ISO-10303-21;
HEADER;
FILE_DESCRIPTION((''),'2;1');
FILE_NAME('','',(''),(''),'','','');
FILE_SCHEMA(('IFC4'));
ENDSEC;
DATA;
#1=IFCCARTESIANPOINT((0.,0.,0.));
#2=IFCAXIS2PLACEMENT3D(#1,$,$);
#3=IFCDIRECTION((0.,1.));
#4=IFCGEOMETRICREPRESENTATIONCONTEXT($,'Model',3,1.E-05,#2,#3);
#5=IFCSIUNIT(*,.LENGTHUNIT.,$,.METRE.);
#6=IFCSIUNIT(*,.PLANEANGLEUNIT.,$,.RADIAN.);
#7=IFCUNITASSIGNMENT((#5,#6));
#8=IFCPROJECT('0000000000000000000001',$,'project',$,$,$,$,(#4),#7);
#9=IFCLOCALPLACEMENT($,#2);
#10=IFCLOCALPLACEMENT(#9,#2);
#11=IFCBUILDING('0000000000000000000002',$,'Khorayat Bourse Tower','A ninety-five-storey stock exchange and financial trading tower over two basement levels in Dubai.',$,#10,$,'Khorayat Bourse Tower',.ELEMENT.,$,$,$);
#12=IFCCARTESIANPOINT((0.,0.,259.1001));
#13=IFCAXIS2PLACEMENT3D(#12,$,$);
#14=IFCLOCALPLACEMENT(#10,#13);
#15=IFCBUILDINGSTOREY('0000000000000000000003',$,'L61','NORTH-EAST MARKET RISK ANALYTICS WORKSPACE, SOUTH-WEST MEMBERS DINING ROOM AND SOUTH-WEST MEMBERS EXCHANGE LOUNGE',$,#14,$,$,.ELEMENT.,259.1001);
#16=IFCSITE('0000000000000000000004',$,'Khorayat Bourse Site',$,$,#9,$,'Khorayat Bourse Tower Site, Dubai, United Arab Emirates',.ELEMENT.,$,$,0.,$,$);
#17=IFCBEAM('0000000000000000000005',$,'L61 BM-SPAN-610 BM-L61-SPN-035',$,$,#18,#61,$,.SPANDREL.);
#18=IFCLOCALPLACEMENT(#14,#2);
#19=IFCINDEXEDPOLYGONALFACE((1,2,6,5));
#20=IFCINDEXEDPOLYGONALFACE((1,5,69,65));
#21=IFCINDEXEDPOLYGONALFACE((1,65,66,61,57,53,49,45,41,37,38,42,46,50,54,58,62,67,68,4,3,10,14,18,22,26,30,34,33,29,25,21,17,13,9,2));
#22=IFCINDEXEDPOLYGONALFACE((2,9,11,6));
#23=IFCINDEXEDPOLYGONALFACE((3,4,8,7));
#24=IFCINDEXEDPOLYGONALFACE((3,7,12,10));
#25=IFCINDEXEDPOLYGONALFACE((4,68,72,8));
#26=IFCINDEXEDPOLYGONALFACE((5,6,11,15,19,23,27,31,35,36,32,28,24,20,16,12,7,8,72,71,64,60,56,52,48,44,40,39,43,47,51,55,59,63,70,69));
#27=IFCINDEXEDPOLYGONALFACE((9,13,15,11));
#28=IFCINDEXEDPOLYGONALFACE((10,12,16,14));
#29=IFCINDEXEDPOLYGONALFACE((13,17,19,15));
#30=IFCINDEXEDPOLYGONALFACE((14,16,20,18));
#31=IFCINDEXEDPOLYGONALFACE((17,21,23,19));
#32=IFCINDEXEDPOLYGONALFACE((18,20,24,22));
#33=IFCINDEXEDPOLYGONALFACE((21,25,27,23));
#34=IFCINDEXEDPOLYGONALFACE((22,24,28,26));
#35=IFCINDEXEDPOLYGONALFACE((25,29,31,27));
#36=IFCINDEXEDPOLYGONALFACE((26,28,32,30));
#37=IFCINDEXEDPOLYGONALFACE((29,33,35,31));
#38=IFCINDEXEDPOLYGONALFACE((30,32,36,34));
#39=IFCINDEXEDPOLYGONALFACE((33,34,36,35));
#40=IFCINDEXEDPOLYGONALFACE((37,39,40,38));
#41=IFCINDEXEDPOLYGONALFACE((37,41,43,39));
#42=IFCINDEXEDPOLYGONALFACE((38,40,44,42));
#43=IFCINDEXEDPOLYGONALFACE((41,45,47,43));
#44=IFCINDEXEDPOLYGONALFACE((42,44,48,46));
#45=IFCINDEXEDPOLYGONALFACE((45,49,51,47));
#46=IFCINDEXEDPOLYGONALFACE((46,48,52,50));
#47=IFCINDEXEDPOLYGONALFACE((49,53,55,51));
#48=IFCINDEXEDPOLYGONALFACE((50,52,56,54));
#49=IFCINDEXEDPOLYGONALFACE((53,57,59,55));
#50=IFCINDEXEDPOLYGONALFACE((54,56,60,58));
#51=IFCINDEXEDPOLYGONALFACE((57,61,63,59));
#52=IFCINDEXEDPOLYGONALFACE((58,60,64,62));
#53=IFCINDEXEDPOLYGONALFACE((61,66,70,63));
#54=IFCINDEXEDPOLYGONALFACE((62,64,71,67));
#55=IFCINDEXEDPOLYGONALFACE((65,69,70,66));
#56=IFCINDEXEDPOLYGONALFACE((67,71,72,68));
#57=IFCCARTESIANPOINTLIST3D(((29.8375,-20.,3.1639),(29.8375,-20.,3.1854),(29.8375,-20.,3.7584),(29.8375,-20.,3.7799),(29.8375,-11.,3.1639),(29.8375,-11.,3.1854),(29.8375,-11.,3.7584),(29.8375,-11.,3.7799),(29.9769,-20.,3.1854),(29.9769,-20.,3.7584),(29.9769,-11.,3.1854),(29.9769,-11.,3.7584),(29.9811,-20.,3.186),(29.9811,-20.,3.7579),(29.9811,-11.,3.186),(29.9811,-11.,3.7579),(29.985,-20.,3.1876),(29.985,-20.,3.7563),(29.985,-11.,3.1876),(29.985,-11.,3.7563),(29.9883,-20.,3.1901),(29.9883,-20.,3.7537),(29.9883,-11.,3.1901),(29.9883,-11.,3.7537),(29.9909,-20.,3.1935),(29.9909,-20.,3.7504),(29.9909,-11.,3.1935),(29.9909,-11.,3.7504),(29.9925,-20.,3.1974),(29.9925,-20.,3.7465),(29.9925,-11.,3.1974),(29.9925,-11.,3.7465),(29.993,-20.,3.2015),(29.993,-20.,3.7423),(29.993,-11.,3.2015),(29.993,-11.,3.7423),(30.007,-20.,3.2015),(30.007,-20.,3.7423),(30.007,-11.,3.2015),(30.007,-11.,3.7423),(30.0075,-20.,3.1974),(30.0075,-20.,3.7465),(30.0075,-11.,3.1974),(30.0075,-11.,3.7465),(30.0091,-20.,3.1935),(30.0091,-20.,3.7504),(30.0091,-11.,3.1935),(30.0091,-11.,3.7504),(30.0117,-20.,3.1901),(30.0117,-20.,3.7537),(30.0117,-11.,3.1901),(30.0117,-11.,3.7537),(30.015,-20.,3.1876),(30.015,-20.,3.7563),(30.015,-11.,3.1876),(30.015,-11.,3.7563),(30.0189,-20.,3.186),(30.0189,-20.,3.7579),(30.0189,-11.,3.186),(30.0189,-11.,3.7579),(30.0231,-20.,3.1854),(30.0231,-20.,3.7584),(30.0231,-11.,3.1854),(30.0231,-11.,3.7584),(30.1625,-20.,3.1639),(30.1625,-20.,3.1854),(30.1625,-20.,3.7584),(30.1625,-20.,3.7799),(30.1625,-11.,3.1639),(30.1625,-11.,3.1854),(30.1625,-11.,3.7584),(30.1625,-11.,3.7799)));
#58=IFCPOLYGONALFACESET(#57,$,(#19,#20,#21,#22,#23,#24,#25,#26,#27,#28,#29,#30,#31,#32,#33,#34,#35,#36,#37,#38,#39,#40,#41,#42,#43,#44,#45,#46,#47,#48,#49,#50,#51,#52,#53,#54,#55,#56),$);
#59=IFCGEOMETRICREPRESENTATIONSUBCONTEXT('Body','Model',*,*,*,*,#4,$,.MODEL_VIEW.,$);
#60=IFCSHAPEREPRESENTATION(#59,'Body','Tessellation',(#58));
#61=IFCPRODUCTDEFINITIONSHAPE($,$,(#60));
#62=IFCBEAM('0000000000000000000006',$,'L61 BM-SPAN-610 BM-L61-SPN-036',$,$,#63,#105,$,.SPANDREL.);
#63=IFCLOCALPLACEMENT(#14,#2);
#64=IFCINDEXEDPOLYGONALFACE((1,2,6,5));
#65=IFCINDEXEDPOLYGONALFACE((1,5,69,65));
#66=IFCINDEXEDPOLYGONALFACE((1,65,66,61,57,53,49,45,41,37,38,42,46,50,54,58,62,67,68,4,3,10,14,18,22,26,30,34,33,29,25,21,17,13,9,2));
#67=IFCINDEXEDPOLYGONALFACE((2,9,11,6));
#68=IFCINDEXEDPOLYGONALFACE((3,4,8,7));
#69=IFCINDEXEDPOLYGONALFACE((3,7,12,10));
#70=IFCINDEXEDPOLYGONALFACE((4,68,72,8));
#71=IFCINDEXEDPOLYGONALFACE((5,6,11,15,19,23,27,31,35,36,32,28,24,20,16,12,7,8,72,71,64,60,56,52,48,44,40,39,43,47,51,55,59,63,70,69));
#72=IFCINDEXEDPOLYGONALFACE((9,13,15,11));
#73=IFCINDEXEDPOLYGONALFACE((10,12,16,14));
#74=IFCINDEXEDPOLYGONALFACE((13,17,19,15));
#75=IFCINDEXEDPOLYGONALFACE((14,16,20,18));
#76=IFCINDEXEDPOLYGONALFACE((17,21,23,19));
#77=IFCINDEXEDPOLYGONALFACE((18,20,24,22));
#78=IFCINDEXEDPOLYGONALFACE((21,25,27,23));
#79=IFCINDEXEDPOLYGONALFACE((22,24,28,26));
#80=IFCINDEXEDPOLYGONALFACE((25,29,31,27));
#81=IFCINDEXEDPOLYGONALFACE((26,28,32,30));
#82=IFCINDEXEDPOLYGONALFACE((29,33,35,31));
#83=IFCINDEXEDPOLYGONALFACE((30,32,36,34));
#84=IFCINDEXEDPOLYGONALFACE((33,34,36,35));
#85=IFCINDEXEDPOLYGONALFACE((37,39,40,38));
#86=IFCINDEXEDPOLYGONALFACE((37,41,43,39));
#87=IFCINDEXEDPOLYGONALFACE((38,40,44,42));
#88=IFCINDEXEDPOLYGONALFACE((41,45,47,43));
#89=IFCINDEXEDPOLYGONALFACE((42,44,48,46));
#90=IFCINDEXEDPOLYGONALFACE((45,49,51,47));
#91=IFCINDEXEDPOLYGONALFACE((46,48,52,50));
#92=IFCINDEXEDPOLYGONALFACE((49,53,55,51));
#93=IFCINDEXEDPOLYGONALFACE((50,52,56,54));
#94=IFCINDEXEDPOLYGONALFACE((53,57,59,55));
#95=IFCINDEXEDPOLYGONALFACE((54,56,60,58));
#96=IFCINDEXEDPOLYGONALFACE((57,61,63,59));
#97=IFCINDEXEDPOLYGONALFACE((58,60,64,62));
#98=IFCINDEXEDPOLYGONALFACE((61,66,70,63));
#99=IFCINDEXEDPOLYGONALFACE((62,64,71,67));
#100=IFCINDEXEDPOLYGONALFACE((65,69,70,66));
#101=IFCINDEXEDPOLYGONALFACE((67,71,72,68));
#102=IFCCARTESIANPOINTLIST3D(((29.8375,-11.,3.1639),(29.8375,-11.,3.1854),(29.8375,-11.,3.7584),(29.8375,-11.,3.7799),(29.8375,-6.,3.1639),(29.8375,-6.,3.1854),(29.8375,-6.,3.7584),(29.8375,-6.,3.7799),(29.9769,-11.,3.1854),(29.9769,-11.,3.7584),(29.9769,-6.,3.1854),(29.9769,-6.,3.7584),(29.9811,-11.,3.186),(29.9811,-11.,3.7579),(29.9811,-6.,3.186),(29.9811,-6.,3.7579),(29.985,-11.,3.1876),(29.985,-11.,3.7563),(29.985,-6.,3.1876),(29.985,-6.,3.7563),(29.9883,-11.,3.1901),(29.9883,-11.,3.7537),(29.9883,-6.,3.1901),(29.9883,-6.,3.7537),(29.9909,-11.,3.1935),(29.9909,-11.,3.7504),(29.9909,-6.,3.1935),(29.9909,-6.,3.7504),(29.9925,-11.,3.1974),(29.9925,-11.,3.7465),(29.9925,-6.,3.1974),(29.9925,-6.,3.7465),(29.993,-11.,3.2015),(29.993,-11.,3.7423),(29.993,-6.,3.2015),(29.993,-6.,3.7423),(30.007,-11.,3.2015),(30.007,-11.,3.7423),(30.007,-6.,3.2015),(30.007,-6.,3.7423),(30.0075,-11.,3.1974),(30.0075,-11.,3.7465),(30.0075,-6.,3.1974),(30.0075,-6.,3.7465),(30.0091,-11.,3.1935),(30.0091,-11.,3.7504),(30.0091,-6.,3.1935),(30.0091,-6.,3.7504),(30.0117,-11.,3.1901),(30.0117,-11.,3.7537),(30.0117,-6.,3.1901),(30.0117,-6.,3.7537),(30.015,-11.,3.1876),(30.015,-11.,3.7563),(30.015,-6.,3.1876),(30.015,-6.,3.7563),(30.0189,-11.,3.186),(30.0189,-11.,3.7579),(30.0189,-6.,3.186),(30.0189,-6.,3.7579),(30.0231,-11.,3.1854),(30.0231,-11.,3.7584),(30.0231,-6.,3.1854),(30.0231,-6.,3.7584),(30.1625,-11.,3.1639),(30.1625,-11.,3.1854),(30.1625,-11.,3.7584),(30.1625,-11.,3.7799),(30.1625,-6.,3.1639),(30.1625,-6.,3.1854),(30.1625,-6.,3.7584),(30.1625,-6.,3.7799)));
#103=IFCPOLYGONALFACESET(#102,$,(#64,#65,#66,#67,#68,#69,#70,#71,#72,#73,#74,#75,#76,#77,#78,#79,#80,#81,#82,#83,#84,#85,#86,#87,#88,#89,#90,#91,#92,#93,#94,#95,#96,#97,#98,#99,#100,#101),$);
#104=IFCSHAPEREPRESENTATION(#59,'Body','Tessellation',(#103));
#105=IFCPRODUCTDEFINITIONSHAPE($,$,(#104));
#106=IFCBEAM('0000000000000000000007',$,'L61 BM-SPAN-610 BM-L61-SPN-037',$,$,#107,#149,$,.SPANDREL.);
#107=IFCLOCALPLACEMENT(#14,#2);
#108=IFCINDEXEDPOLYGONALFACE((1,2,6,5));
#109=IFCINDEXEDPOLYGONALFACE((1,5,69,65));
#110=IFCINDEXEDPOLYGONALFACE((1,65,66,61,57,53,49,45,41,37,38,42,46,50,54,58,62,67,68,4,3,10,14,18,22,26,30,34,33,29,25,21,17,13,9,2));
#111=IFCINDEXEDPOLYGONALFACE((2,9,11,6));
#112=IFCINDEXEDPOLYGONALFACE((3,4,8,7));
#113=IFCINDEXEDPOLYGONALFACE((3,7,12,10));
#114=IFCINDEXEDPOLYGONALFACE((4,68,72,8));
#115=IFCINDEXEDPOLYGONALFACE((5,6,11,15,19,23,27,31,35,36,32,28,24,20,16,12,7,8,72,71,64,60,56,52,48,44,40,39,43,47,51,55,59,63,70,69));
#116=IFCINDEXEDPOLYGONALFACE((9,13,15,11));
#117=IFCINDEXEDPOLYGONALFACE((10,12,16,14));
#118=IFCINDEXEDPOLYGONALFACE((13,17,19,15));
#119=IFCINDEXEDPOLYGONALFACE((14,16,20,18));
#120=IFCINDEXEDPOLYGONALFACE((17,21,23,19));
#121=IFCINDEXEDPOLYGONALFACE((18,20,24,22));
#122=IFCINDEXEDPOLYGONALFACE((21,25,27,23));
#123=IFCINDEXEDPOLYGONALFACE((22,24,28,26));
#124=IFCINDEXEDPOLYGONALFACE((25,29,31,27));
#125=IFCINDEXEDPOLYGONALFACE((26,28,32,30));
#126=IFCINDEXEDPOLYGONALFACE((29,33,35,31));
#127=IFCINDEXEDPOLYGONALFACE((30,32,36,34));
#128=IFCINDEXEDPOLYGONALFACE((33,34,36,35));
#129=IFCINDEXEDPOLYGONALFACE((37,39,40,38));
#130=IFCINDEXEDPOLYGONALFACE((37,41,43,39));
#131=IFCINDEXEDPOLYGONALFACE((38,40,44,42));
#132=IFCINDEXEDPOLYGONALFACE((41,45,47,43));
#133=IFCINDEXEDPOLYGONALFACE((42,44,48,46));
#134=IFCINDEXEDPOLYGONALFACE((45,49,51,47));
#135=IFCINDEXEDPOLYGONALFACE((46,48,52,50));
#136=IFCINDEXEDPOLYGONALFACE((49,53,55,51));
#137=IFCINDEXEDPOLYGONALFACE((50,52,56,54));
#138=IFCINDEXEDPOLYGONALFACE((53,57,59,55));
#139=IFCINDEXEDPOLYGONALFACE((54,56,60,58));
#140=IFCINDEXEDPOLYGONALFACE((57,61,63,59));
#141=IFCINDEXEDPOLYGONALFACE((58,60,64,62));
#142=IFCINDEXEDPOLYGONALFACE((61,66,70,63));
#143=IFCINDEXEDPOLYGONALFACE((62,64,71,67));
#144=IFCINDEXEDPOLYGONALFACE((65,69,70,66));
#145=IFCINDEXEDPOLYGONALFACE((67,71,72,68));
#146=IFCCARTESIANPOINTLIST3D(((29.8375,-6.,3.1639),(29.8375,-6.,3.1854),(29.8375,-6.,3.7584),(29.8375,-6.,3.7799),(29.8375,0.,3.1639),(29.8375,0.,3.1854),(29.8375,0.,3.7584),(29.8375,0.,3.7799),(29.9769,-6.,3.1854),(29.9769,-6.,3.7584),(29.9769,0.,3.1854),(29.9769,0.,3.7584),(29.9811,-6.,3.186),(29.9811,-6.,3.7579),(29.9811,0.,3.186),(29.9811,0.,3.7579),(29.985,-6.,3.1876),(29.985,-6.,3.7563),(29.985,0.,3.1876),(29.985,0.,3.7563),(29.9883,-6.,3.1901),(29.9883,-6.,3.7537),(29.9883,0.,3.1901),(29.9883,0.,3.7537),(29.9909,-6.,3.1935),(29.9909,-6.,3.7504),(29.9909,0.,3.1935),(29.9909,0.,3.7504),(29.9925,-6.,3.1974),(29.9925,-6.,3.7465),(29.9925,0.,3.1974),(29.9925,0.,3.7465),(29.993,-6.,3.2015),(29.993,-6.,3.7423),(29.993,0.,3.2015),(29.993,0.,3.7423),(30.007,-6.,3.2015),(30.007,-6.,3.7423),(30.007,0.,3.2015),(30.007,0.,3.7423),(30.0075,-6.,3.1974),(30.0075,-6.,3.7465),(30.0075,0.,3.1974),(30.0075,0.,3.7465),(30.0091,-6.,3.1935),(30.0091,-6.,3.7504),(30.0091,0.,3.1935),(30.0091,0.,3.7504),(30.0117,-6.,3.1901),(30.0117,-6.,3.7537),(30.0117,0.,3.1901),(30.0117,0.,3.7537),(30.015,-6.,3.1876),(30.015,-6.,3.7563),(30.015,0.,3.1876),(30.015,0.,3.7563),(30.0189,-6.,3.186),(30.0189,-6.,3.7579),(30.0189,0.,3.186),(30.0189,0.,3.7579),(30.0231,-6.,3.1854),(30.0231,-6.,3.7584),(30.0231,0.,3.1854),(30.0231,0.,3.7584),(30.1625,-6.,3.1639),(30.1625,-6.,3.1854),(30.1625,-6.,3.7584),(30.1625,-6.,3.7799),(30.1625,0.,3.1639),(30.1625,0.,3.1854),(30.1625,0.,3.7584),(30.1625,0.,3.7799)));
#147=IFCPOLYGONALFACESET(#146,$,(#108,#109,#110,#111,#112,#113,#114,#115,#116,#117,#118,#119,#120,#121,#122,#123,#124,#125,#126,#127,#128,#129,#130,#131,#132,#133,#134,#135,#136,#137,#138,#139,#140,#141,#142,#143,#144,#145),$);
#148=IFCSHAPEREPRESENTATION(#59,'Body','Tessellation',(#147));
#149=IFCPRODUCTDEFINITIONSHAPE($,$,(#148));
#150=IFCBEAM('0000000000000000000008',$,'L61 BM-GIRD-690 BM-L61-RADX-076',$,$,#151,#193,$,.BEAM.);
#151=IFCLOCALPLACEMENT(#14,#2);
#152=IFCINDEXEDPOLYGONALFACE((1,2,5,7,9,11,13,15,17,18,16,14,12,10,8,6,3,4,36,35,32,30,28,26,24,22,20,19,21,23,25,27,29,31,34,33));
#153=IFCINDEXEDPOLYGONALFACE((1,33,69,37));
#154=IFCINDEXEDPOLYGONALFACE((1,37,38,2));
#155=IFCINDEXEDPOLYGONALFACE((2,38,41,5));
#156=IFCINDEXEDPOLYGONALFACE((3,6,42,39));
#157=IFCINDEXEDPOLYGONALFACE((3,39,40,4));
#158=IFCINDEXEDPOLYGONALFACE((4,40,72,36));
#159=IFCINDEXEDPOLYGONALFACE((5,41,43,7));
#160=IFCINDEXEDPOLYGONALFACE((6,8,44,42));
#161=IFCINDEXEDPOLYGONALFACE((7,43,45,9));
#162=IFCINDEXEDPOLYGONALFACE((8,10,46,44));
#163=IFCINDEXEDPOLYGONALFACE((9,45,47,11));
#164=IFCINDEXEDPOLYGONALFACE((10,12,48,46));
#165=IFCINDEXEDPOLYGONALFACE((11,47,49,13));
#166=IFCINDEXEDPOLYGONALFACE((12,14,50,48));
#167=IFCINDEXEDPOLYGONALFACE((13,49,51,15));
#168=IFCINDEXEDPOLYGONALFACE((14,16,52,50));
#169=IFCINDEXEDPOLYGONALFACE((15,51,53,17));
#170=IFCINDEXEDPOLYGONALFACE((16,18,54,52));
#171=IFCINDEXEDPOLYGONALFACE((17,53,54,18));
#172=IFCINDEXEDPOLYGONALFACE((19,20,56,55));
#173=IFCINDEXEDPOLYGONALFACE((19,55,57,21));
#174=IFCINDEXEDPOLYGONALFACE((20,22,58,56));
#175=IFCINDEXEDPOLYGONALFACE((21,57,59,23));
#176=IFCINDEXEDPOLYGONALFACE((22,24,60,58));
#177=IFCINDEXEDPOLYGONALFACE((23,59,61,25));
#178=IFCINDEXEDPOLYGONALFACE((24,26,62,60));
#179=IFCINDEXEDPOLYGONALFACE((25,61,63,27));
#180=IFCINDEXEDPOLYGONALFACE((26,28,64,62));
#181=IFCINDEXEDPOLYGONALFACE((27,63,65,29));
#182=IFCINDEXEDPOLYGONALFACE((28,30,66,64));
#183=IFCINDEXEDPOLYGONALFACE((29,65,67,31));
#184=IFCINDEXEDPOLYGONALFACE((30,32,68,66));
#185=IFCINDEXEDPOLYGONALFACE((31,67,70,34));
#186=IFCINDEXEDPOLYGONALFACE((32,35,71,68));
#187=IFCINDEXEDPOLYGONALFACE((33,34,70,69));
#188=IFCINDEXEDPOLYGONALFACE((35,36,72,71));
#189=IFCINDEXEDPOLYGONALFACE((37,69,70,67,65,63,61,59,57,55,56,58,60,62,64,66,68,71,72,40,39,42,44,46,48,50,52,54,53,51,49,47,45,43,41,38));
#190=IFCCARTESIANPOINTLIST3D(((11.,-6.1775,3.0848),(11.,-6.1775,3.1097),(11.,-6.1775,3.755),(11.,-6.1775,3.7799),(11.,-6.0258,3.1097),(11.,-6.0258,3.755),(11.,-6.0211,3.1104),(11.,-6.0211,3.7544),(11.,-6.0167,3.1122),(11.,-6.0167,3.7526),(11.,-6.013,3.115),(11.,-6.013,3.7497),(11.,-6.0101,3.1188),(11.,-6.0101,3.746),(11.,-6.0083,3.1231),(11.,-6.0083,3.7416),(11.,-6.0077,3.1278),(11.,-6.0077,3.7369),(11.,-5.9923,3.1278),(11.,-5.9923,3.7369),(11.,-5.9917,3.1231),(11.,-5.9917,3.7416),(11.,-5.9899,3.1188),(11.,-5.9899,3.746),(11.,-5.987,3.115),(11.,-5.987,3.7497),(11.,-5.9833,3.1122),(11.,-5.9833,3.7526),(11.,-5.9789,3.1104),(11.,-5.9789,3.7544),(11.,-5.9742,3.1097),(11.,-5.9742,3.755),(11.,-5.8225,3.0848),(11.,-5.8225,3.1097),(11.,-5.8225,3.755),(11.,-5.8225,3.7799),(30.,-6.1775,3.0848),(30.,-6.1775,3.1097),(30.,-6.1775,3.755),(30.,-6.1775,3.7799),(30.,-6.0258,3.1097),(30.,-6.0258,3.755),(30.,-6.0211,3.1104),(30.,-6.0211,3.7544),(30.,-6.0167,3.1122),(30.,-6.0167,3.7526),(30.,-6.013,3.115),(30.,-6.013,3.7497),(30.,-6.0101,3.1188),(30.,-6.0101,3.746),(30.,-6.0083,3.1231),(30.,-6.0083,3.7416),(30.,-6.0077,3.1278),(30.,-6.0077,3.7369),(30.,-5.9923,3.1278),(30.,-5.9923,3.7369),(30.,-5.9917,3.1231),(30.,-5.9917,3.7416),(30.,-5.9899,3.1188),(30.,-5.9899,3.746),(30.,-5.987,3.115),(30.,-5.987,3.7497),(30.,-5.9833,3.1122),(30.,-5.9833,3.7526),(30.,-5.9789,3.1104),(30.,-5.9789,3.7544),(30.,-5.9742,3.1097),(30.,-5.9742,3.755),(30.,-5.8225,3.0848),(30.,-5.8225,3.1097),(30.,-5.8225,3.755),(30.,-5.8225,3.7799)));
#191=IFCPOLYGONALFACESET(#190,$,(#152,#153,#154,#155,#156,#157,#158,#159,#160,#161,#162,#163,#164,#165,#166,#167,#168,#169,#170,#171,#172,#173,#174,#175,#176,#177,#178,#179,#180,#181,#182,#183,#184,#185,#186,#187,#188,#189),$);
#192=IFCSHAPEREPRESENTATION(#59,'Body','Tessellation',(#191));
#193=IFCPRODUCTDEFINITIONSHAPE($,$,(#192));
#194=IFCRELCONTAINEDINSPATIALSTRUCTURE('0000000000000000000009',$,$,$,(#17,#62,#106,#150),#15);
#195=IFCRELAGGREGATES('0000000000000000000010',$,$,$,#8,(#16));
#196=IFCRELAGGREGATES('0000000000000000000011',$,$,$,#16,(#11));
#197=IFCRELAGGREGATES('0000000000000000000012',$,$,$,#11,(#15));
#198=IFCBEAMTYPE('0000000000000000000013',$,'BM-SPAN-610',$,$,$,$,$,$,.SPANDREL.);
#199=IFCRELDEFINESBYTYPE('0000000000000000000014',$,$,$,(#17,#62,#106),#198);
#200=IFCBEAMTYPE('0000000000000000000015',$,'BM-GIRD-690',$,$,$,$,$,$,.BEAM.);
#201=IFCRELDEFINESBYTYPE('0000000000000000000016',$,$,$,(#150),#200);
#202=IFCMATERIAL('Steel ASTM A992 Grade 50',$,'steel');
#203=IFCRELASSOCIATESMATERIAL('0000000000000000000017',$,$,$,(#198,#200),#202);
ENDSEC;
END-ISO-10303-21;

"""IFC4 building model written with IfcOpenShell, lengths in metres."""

from ifc_helpers import new_model, si_unit, direction, frame, origin, origin_2d, place, context, subcontext, project, spatial, i_section, extrude, source, transform, mapped, material, material_profile, profile_set, type_object, element, save


model = new_model("IFC4")

# Units and contexts
model_context = context("Model", 3, precision=1e-05, world=origin(), true_north=direction((0.0, 1.0)))
body_context = subcontext(model_context, "Body", "Model", "MODEL_VIEW")
ifc_project = project(units=[si_unit("LENGTHUNIT", "METRE"), si_unit("PLANEANGLEUNIT", "RADIAN")], contexts=[model_context])

# Site, building, storey
site_placement = place(None, origin())
site = spatial("IfcSite", under=ifc_project, at=site_placement, Name="Khorayat Bourse Site", LongName="Khorayat Bourse Tower Site, Dubai, United Arab Emirates", CompositionType="ELEMENT", RefElevation=0.0)
building_placement = place(site_placement, origin())
building = spatial("IfcBuilding", under=site, at=building_placement, Name="Khorayat Bourse Tower", Description="A ninety-five-storey stock exchange and financial trading tower over two basement levels in Dubai.", LongName="Khorayat Bourse Tower", CompositionType="ELEMENT")
storey_placement = place(building_placement, frame((0.0, 0.0, 259.1001)))
storey = spatial("IfcBuildingStorey", under=building, at=storey_placement, Name="L61", Description="NORTH-EAST MARKET RISK ANALYTICS WORKSPACE, SOUTH-WEST MEMBERS DINING ROOM AND SOUTH-WEST MEMBERS EXCHANGE LOUNGE", CompositionType="ELEMENT", Elevation=259.1001)

# Beams
ifc_material_1 = material(Name="Steel ASTM A992 Grade 50", Category="steel")
ifc_material_profile_1 = material_profile(ifc_material_1, i_section(OverallWidth=0.325, OverallDepth=0.616, WebThickness=0.0139, FlangeThickness=0.0215, FilletRadius=0.0161, at=origin_2d()), Name="W610X174")
ifc_profile_set_1 = profile_set([ifc_material_profile_1], Name="Steel ASTM A992 Grade 50")
beam_type_1 = type_object("IfcBeamType", Name="BM-SPAN-610", PredefinedType="SPANDREL", material=ifc_profile_set_1)
shared_shape_1 = source(origin(), body_context, "Body", "SweptSolid", [
    extrude(i_section(OverallWidth=0.325, OverallDepth=0.616, WebThickness=0.0139, FlangeThickness=0.0215, FilletRadius=0.0161, at=origin_2d()), origin(), (0.0, 0.0, 1.0), 9.0),
])
beam_1_placement = place(storey_placement, frame((30.0, -20.0, 3.4719), z_axis=(0.0, 1.0, 0.0), x_axis=(-1.0, 0.0, 0.0)))
element("IfcBeam", 1, at=beam_1_placement, inside=storey, type_object=beam_type_1, Name="L61 BM-SPAN-610 BM-L61-SPN-035", PredefinedType="SPANDREL", context=body_context, shape_type="MappedRepresentation", body=[
    mapped(shared_shape_1, transform((0.0, 0.0, 0.0), scale=1.0)),
])
shared_shape_2 = source(origin(), body_context, "Body", "SweptSolid", [
    extrude(i_section(OverallWidth=0.325, OverallDepth=0.616, WebThickness=0.0139, FlangeThickness=0.0215, FilletRadius=0.0161, at=origin_2d()), origin(), (0.0, 0.0, 1.0), 5.0),
])
beam_2_placement = place(storey_placement, frame((30.0, -11.0, 3.4719), z_axis=(0.0, 1.0, 0.0), x_axis=(-1.0, 0.0, 0.0)))
element("IfcBeam", 2, at=beam_2_placement, inside=storey, type_object=beam_type_1, Name="L61 BM-SPAN-610 BM-L61-SPN-036", PredefinedType="SPANDREL", context=body_context, shape_type="MappedRepresentation", body=[
    mapped(shared_shape_2, transform((0.0, 0.0, 0.0), scale=1.0)),
])
shared_shape_3 = source(origin(), body_context, "Body", "SweptSolid", [
    extrude(i_section(OverallWidth=0.325, OverallDepth=0.616, WebThickness=0.0139, FlangeThickness=0.0215, FilletRadius=0.0161, at=origin_2d()), origin(), (0.0, 0.0, 1.0), 6.0),
])
beam_3_placement = place(storey_placement, frame((30.0, -6.0, 3.4719), z_axis=(0.0, 1.0, 0.0), x_axis=(-1.0, 0.0, 0.0)))
element("IfcBeam", 3, at=beam_3_placement, inside=storey, type_object=beam_type_1, Name="L61 BM-SPAN-610 BM-L61-SPN-037", PredefinedType="SPANDREL", context=body_context, shape_type="MappedRepresentation", body=[
    mapped(shared_shape_3, transform((0.0, 0.0, 0.0), scale=1.0)),
])
ifc_material_profile_2 = material_profile(ifc_material_1, i_section(OverallWidth=0.355, OverallDepth=0.6951, WebThickness=0.0154, FlangeThickness=0.0249, FilletRadius=0.0181, at=origin_2d()), Name="W690X217")
ifc_profile_set_2 = profile_set([ifc_material_profile_2], Name="Steel ASTM A992 Grade 50")
beam_type_2 = type_object("IfcBeamType", Name="BM-GIRD-690", PredefinedType="BEAM", material=ifc_profile_set_2)
shared_shape_4 = source(origin(), body_context, "Body", "SweptSolid", [
    extrude(i_section(OverallWidth=0.355, OverallDepth=0.6951, WebThickness=0.0154, FlangeThickness=0.0249, FilletRadius=0.0181, at=origin_2d()), origin(), (0.0, 0.0, 1.0), 19.0),
])
beam_4_placement = place(storey_placement, frame((11.0, -6.0, 3.4324), z_axis=(1.0, 0.0, 0.0), x_axis=(0.0, 1.0, 0.0)))
element("IfcBeam", 4, at=beam_4_placement, inside=storey, type_object=beam_type_2, Name="L61 BM-GIRD-690 BM-L61-RADX-076", PredefinedType="BEAM", context=body_context, shape_type="MappedRepresentation", body=[
    mapped(shared_shape_4, transform((0.0, 0.0, 0.0), scale=1.0)),
])

save(model, "model.ifc")
